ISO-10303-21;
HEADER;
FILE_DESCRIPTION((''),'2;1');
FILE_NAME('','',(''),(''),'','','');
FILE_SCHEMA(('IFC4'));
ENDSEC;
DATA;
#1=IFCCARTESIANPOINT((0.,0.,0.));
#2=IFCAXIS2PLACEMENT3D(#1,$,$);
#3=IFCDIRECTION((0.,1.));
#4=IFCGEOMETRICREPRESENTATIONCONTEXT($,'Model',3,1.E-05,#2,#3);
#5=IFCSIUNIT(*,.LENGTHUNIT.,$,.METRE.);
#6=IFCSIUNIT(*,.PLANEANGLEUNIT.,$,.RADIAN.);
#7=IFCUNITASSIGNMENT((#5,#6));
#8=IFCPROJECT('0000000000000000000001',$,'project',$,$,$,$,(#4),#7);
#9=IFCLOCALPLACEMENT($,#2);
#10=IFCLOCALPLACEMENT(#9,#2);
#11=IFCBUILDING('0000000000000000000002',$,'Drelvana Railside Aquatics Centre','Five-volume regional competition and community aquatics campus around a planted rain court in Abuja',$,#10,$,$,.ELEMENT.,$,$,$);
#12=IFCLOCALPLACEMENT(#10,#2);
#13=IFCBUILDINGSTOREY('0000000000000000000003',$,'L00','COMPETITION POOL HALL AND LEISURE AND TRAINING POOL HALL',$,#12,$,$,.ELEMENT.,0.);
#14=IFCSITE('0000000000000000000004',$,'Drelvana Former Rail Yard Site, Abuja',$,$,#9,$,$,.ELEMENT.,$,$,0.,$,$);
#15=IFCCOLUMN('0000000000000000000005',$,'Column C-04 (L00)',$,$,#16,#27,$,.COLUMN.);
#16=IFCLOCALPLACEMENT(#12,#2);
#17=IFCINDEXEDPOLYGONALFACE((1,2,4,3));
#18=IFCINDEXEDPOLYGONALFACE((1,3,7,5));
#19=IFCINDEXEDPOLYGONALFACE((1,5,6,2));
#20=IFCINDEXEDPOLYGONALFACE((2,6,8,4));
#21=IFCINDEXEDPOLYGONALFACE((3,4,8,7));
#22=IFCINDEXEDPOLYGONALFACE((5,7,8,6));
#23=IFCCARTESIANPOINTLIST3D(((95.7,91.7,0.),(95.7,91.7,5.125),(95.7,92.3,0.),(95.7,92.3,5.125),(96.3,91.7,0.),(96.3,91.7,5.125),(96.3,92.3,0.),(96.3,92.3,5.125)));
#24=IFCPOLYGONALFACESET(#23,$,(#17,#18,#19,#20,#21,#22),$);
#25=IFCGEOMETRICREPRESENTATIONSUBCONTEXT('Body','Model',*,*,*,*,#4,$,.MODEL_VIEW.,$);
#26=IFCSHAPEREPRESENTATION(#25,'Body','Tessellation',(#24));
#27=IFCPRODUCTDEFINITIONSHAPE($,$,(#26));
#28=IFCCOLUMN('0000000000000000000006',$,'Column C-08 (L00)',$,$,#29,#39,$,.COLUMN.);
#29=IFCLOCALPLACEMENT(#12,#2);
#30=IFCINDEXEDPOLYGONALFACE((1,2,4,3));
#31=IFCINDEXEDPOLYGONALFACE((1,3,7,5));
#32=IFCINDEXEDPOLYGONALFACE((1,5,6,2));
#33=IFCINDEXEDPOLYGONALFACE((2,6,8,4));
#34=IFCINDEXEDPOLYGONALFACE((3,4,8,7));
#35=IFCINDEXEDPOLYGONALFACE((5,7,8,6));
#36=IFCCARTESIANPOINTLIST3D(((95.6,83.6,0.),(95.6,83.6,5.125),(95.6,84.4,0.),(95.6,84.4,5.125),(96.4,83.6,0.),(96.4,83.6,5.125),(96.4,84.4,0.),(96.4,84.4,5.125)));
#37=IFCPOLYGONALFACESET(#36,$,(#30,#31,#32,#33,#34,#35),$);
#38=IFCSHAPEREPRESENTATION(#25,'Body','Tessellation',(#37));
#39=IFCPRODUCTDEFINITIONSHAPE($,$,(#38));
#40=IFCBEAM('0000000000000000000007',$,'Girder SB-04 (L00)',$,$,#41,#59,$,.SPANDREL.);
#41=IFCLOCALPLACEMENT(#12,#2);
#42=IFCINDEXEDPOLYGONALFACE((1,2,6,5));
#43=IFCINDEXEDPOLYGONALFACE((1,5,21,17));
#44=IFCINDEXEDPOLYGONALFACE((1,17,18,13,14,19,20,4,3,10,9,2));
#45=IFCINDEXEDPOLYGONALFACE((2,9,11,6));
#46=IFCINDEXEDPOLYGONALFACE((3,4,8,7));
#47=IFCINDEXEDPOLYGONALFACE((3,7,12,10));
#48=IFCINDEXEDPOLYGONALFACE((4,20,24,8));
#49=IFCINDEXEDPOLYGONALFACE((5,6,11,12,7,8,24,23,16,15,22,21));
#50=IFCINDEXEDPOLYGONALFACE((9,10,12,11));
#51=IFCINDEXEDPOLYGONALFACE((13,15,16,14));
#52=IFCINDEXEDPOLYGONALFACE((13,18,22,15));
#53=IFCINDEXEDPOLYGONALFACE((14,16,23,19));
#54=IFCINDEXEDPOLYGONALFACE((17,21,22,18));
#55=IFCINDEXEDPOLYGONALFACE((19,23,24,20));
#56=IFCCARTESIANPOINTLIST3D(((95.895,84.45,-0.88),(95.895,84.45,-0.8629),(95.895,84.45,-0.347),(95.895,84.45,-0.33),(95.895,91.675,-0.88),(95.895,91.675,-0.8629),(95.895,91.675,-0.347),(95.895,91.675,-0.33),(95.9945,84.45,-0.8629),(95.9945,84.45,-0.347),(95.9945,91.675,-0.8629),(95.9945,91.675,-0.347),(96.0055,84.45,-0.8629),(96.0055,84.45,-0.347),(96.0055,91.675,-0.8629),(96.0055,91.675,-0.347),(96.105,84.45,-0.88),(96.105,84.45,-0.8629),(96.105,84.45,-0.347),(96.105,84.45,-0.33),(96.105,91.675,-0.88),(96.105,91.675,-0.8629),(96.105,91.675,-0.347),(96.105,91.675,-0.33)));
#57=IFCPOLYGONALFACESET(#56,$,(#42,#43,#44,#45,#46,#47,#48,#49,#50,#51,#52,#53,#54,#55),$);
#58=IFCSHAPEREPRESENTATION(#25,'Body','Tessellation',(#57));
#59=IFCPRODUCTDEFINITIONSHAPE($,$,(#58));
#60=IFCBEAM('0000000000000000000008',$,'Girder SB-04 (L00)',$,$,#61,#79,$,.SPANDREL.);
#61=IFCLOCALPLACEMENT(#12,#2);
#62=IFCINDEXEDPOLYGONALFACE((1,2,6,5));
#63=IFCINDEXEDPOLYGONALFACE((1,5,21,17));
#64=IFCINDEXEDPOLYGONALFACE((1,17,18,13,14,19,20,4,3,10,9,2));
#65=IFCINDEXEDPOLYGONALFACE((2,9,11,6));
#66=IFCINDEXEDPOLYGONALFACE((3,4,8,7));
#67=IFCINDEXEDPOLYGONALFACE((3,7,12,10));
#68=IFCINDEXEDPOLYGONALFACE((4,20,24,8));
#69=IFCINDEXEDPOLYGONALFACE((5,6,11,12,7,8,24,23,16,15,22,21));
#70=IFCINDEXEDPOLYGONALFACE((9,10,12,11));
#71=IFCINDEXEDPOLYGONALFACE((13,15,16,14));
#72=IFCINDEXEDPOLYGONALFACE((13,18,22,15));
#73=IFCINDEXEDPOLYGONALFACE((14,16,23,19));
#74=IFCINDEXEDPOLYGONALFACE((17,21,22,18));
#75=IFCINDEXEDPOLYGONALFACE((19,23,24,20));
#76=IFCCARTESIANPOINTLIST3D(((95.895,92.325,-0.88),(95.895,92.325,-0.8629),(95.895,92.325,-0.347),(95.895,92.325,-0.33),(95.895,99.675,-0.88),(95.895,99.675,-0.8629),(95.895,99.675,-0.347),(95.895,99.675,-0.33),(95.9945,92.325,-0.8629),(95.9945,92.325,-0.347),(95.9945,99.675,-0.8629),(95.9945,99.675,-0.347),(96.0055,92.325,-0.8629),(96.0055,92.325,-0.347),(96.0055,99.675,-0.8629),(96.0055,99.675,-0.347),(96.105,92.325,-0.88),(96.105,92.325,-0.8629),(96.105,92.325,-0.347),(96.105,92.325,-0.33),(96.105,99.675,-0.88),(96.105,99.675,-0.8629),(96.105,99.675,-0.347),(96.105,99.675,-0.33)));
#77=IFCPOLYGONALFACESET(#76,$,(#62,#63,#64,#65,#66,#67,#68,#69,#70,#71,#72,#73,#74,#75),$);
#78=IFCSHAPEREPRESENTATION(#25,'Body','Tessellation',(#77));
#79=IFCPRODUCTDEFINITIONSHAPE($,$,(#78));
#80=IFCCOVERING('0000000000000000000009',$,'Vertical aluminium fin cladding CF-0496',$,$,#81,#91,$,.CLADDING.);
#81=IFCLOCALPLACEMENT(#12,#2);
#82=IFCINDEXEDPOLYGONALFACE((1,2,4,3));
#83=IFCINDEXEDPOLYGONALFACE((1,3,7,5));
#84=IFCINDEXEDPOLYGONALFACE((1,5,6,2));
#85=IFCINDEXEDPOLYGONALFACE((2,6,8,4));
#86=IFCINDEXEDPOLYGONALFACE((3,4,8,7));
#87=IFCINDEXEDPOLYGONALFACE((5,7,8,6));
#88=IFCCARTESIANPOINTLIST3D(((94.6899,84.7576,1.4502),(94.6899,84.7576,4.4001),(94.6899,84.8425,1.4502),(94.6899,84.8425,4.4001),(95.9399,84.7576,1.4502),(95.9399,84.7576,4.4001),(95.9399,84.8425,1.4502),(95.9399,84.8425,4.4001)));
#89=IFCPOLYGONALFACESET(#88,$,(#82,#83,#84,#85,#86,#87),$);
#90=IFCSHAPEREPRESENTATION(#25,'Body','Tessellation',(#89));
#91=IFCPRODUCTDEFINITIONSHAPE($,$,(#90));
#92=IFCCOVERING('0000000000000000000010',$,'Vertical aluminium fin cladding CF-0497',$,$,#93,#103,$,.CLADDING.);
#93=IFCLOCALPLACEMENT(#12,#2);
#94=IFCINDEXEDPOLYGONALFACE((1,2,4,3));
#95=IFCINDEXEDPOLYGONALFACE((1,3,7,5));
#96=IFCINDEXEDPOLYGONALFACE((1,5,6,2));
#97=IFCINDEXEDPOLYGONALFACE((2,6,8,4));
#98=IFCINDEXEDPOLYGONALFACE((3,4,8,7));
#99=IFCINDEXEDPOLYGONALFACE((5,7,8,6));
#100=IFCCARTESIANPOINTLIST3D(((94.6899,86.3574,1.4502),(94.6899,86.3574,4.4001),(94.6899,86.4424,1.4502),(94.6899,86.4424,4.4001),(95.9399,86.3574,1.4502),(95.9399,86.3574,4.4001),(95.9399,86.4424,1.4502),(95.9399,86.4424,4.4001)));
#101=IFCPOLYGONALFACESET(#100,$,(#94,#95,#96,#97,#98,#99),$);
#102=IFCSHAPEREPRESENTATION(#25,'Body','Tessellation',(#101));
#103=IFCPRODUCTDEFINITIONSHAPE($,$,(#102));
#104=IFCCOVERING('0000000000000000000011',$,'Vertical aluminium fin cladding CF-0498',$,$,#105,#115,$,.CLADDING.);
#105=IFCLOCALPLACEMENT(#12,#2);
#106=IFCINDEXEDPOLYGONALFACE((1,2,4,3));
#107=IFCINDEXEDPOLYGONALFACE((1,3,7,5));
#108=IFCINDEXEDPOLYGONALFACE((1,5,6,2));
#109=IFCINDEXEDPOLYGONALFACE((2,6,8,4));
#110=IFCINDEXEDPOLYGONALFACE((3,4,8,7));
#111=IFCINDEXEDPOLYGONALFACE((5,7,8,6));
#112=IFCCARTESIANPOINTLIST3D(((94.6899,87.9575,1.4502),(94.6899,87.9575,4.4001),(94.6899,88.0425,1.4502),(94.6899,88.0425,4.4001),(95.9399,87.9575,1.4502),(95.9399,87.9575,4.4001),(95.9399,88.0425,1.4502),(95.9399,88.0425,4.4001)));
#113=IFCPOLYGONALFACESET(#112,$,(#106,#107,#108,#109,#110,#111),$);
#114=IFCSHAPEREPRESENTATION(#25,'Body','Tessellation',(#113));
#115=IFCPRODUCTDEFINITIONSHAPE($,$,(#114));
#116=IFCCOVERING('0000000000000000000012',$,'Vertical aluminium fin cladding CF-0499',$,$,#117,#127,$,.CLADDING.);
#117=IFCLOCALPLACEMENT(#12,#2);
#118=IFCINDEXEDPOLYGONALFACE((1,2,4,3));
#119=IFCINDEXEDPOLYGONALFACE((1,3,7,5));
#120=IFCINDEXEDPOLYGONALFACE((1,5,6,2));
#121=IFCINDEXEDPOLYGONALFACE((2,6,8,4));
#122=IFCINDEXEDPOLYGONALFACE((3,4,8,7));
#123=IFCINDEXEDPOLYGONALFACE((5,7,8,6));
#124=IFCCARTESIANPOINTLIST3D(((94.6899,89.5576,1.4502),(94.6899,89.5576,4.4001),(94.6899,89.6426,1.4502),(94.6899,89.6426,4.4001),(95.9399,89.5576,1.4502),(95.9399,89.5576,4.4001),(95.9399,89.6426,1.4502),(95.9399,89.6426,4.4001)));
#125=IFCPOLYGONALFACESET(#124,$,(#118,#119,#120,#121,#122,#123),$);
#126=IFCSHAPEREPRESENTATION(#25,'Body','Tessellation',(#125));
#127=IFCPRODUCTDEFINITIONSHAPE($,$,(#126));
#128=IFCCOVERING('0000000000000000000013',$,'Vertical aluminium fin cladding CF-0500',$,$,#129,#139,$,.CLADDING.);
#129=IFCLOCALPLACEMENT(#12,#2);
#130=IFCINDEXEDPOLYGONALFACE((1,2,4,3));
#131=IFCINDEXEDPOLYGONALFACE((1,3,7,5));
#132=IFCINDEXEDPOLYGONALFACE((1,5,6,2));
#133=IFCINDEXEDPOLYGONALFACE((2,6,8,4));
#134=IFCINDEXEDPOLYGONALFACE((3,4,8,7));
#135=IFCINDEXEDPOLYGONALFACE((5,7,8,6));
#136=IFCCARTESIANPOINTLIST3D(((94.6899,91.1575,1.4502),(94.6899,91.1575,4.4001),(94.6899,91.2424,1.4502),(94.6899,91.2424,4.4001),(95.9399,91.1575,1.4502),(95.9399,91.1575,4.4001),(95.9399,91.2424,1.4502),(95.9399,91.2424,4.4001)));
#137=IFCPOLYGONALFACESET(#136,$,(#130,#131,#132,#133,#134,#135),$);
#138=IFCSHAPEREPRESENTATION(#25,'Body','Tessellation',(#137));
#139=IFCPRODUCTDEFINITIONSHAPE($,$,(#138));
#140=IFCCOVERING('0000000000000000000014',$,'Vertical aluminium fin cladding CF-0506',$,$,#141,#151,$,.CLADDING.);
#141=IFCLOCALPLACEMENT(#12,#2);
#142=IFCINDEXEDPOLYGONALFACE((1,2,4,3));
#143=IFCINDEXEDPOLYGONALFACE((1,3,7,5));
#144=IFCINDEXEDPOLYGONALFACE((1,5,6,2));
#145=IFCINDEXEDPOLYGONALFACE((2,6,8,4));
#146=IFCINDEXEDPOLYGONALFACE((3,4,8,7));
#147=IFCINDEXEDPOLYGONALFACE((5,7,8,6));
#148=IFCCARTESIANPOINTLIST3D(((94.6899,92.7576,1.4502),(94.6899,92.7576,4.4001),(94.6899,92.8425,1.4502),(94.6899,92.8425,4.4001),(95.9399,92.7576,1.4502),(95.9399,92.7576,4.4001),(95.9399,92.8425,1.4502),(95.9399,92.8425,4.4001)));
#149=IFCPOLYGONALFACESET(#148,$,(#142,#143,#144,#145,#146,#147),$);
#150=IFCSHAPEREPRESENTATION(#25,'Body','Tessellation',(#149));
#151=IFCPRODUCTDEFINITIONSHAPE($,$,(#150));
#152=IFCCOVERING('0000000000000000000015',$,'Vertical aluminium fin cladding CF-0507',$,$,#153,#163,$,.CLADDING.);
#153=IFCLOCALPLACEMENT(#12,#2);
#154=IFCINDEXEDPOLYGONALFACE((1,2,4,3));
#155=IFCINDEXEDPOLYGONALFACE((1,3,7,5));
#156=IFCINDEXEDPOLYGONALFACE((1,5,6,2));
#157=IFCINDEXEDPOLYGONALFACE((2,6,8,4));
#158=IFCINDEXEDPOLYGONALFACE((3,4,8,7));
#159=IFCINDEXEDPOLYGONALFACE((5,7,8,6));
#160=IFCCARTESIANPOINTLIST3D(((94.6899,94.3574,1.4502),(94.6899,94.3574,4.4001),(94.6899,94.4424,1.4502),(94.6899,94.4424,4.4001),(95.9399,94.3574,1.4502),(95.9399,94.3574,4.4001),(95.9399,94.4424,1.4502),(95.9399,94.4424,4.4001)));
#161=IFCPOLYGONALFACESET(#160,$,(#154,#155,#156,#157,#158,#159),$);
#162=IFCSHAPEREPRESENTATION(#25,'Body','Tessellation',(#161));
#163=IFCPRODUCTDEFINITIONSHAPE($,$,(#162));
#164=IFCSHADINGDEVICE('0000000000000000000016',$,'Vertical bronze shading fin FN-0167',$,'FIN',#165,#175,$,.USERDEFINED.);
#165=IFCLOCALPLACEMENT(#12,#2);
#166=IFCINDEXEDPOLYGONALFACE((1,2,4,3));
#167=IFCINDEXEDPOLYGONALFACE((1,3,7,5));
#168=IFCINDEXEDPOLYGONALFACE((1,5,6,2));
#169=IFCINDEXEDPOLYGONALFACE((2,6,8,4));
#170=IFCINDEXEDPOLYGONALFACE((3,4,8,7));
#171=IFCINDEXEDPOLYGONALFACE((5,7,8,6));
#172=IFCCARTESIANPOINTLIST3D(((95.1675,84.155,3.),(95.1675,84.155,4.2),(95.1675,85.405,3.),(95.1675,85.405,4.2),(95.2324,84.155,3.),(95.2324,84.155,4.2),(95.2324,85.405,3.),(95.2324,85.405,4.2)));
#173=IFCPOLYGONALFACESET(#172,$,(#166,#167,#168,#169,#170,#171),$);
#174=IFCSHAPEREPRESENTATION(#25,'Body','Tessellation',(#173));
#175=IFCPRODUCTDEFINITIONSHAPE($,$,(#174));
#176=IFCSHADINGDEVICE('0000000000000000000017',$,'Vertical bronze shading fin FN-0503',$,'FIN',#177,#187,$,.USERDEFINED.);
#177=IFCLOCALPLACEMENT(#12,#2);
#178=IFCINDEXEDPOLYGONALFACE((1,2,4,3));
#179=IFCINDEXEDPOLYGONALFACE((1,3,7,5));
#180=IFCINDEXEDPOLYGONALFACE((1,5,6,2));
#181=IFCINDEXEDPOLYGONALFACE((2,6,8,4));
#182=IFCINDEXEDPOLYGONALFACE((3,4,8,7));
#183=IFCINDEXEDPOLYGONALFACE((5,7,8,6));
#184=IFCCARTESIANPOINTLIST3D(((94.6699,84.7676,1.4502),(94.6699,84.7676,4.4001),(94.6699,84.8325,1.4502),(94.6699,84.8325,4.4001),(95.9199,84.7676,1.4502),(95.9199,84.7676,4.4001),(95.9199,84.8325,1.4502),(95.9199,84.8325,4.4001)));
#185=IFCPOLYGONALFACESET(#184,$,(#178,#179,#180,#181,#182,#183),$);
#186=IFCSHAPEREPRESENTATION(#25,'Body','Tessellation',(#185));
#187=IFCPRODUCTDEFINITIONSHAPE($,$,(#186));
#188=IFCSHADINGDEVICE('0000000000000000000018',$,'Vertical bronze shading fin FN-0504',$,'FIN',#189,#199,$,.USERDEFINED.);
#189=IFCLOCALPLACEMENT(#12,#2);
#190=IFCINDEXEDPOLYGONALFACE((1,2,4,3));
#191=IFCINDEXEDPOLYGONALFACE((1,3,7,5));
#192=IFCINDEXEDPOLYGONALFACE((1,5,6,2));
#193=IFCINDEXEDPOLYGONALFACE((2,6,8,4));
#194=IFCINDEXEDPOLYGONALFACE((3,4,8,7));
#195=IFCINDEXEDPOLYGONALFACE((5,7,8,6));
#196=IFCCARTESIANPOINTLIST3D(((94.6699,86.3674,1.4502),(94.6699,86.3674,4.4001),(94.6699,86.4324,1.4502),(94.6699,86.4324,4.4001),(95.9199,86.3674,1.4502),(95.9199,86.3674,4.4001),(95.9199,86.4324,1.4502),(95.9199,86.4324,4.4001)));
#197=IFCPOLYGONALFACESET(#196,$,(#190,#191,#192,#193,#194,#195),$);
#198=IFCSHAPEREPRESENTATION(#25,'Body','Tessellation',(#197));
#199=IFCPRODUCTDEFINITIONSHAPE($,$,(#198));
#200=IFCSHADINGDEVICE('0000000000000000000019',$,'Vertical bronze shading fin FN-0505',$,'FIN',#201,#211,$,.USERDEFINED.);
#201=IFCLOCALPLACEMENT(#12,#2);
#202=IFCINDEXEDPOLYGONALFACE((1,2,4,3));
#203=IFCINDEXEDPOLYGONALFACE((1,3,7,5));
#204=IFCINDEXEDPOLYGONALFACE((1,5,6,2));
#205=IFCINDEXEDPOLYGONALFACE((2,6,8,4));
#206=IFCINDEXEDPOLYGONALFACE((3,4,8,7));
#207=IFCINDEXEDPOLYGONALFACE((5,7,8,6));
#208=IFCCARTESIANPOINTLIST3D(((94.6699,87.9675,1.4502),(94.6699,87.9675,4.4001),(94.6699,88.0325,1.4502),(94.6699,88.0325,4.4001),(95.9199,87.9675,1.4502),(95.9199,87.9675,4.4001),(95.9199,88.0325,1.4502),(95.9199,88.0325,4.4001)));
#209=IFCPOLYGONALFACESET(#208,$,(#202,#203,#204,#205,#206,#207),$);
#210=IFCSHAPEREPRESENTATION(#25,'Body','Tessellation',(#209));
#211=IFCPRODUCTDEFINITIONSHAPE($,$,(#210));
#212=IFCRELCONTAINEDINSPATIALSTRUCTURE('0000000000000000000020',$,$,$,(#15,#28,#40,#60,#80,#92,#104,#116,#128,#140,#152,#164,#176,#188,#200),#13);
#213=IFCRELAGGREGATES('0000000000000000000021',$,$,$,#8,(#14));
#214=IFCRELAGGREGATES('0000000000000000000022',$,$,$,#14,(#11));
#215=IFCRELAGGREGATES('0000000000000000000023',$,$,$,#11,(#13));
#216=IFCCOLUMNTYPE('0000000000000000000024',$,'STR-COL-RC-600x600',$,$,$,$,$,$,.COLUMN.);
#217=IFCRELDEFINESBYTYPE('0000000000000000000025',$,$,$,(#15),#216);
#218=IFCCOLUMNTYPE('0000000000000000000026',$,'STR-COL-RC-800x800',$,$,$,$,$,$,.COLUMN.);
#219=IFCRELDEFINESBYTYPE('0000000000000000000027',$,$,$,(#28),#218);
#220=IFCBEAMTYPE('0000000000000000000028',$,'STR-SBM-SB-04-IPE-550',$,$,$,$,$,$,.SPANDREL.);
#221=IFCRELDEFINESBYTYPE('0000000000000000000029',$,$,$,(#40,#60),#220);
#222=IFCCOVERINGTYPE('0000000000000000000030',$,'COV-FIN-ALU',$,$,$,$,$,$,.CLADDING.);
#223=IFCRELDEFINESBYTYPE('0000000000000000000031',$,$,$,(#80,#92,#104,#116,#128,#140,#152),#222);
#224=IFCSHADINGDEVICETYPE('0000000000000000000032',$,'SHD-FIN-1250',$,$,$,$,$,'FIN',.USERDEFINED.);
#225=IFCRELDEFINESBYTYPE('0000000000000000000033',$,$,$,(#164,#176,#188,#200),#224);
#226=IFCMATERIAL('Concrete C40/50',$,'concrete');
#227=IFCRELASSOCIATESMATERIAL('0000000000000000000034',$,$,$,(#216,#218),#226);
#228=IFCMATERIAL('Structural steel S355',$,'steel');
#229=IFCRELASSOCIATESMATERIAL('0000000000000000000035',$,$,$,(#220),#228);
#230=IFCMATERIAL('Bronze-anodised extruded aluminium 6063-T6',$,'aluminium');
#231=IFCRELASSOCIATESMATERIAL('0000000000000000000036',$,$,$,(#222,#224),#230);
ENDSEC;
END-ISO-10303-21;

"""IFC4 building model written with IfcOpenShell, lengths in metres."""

from ifc_helpers import new_model, si_unit, direction, frame, origin, origin_2d, place, context, subcontext, project, spatial, rectangle, i_section, extrude, material, material_profile, profile_set, type_object, element, save


model = new_model("IFC4")

# Units and contexts
model_context = context("Model", 3, precision=1e-05, world=origin(), true_north=direction((0.0, 1.0)))
body_context = subcontext(model_context, "Body", "Model", "MODEL_VIEW")
ifc_project = project(units=[si_unit("LENGTHUNIT", "METRE"), si_unit("PLANEANGLEUNIT", "RADIAN")], contexts=[model_context])

# Site, building, storey
site_placement = place(None, origin())
site = spatial("IfcSite", under=ifc_project, at=site_placement, Name="Drelvana Former Rail Yard Site, Abuja", CompositionType="ELEMENT", RefElevation=0.0)
building_placement = place(site_placement, origin())
building = spatial("IfcBuilding", under=site, at=building_placement, Name="Drelvana Railside Aquatics Centre", Description="Five-volume regional competition and community aquatics campus around a planted rain court in Abuja", CompositionType="ELEMENT")
storey_placement = place(building_placement, origin())
storey = spatial("IfcBuildingStorey", under=building, at=storey_placement, Name="L00", Description="COMPETITION POOL HALL AND LEISURE AND TRAINING POOL HALL", CompositionType="ELEMENT", Elevation=0.0)

# Columns
ifc_material_1 = material(Name="Concrete C40/50", Category="concrete")
ifc_material_profile_1 = material_profile(ifc_material_1, rectangle(XDim=0.6001, YDim=0.6001, at=origin_2d()), Name="RC 600x600")
ifc_profile_set_1 = profile_set([ifc_material_profile_1], Name="Concrete C40/50")
column_type_1 = type_object("IfcColumnType", Name="STR-COL-RC-600x600", PredefinedType="COLUMN", material=ifc_profile_set_1)
column_1_placement = place(storey_placement, frame((96.0, 92.0, 0.0), z_axis=(0.0, 0.0, 1.0), x_axis=(1.0, 0.0, 0.0)))
element("IfcColumn", 1, at=column_1_placement, inside=storey, type_object=column_type_1, Name="Column C-04 (L00)", PredefinedType="COLUMN", context=body_context, shape_type="SweptSolid", body=[
    extrude(rectangle(XDim=0.6001, YDim=0.6001, at=origin_2d()), origin(), (0.0, 0.0, 1.0), 5.125),
])
ifc_material_profile_2 = material_profile(ifc_material_1, rectangle(XDim=0.8, YDim=0.8, at=origin_2d()), Name="RC 800x800")
ifc_profile_set_2 = profile_set([ifc_material_profile_2], Name="Concrete C40/50")
column_type_2 = type_object("IfcColumnType", Name="STR-COL-RC-800x800", PredefinedType="COLUMN", material=ifc_profile_set_2)
column_2_placement = place(storey_placement, frame((96.0, 84.0, 0.0), z_axis=(0.0, 0.0, 1.0), x_axis=(1.0, 0.0, 0.0)))
element("IfcColumn", 2, at=column_2_placement, inside=storey, type_object=column_type_2, Name="Column C-08 (L00)", PredefinedType="COLUMN", context=body_context, shape_type="SweptSolid", body=[
    extrude(rectangle(XDim=0.8, YDim=0.8, at=origin_2d()), origin(), (0.0, 0.0, 1.0), 5.125),
])

# Beams
ifc_material_2 = material(Name="Structural steel S355", Category="steel")
ifc_material_profile_3 = material_profile(ifc_material_2, i_section(OverallWidth=0.21, OverallDepth=0.55, WebThickness=0.011, FlangeThickness=0.0171, at=origin_2d()), Name="IPE 550")
ifc_profile_set_3 = profile_set([ifc_material_profile_3], Name="Structural steel S355")
beam_type = type_object("IfcBeamType", Name="STR-SBM-SB-04-IPE-550", PredefinedType="SPANDREL", material=ifc_profile_set_3)
beam_1_placement = place(storey_placement, frame((96.0, 84.45, -0.605), z_axis=(0.0, 1.0, 0.0), x_axis=(-1.0, 0.0, 0.0)))
element("IfcBeam", 3, at=beam_1_placement, inside=storey, type_object=beam_type, Name="Girder SB-04 (L00)", PredefinedType="SPANDREL", context=body_context, shape_type="SweptSolid", body=[
    extrude(i_section(OverallWidth=0.21, OverallDepth=0.55, WebThickness=0.011, FlangeThickness=0.0171, at=origin_2d()), origin(), (0.0, 0.0, 1.0), 7.2251),
])
beam_2_placement = place(storey_placement, frame((96.0, 92.325, -0.605), z_axis=(0.0, 1.0, 0.0), x_axis=(-1.0, 0.0, 0.0)))
element("IfcBeam", 4, at=beam_2_placement, inside=storey, type_object=beam_type, Name="Girder SB-04 (L00)", PredefinedType="SPANDREL", context=body_context, shape_type="SweptSolid", body=[
    extrude(i_section(OverallWidth=0.21, OverallDepth=0.55, WebThickness=0.011, FlangeThickness=0.0171, at=origin_2d()), origin(), (0.0, 0.0, 1.0), 7.3501),
])

# Coverings
ifc_material_3 = material(Name="Bronze-anodised extruded aluminium 6063-T6", Category="aluminium")
covering_type = type_object("IfcCoveringType", Name="COV-FIN-ALU", PredefinedType="CLADDING", material=ifc_material_3)
for number, where, z_axis, x_axis, name in (
    (5, (95.3149, 84.8, 1.4502), (0.0, 0.0, 1.0), (0.0, 1.0, 0.0), "Vertical aluminium fin cladding CF-0496"),
    (6, (95.3149, 86.3999, 1.4502), (0.0, 0.0, 1.0), (0.0, 1.0, 0.0), "Vertical aluminium fin cladding CF-0497"),
    (7, (95.3149, 88.0, 1.4502), (0.0, 0.0, 1.0), (0.0, 1.0, 0.0), "Vertical aluminium fin cladding CF-0498"),
    (8, (95.3149, 89.6001, 1.4502), (0.0, 0.0, 1.0), (0.0, 1.0, 0.0), "Vertical aluminium fin cladding CF-0499"),
    (9, (95.3149, 91.2, 1.4502), (0.0, 0.0, 1.0), (0.0, 1.0, 0.0), "Vertical aluminium fin cladding CF-0500"),
    (10, (95.3149, 92.8, 1.4502), (0.0, 0.0, 1.0), (0.0, 1.0, 0.0), "Vertical aluminium fin cladding CF-0506"),
    (11, (95.3149, 94.3999, 1.4502), (0.0, 0.0, 1.0), (0.0, 1.0, 0.0), "Vertical aluminium fin cladding CF-0507"),
):
    element("IfcCovering", number, at=place(storey_placement, frame(where, z_axis=z_axis, x_axis=x_axis)), inside=storey, type_object=covering_type, Name=name, PredefinedType="CLADDING", context=body_context, shape_type="SweptSolid", body=[
        extrude(rectangle(XDim=0.085, YDim=1.25, at=origin_2d()), origin(), (0.0, 0.0, 1.0), 2.95),
    ])

# Shading devices
shading_device_type = type_object("IfcShadingDeviceType", Name="SHD-FIN-1250", ElementType="FIN", PredefinedType="USERDEFINED", material=ifc_material_3)
shading_device_placement = place(storey_placement, frame((95.2, 84.78, 3.0), z_axis=(0.0, 0.0, 1.0), x_axis=(0.0, 1.0, 0.0)))
element("IfcShadingDevice", 12, at=shading_device_placement, inside=storey, type_object=shading_device_type, Name="Vertical bronze shading fin FN-0167", ObjectType="FIN", PredefinedType="USERDEFINED", context=body_context, shape_type="SweptSolid", body=[
    extrude(rectangle(XDim=1.25, YDim=0.0649, at=origin_2d()), origin(), (0.0, 0.0, 1.0), 1.2),
])
for number, where, z_axis, x_axis, name in (
    (13, (95.2949, 84.8, 1.4502), (0.0, 0.0, 1.0), (-1.0, 0.0, 0.0), "Vertical bronze shading fin FN-0503"),
    (14, (95.2949, 86.3999, 1.4502), (0.0, 0.0, 1.0), (-1.0, 0.0, 0.0), "Vertical bronze shading fin FN-0504"),
    (15, (95.2949, 88.0, 1.4502), (0.0, 0.0, 1.0), (-1.0, 0.0, 0.0), "Vertical bronze shading fin FN-0505"),
):
    element("IfcShadingDevice", number, at=place(storey_placement, frame(where, z_axis=z_axis, x_axis=x_axis)), inside=storey, type_object=shading_device_type, Name=name, ObjectType="FIN", PredefinedType="USERDEFINED", context=body_context, shape_type="SweptSolid", body=[
        extrude(rectangle(XDim=1.25, YDim=0.0649, at=origin_2d()), origin(), (0.0, 0.0, 1.0), 2.95),
    ])

save(model, "model.ifc")
